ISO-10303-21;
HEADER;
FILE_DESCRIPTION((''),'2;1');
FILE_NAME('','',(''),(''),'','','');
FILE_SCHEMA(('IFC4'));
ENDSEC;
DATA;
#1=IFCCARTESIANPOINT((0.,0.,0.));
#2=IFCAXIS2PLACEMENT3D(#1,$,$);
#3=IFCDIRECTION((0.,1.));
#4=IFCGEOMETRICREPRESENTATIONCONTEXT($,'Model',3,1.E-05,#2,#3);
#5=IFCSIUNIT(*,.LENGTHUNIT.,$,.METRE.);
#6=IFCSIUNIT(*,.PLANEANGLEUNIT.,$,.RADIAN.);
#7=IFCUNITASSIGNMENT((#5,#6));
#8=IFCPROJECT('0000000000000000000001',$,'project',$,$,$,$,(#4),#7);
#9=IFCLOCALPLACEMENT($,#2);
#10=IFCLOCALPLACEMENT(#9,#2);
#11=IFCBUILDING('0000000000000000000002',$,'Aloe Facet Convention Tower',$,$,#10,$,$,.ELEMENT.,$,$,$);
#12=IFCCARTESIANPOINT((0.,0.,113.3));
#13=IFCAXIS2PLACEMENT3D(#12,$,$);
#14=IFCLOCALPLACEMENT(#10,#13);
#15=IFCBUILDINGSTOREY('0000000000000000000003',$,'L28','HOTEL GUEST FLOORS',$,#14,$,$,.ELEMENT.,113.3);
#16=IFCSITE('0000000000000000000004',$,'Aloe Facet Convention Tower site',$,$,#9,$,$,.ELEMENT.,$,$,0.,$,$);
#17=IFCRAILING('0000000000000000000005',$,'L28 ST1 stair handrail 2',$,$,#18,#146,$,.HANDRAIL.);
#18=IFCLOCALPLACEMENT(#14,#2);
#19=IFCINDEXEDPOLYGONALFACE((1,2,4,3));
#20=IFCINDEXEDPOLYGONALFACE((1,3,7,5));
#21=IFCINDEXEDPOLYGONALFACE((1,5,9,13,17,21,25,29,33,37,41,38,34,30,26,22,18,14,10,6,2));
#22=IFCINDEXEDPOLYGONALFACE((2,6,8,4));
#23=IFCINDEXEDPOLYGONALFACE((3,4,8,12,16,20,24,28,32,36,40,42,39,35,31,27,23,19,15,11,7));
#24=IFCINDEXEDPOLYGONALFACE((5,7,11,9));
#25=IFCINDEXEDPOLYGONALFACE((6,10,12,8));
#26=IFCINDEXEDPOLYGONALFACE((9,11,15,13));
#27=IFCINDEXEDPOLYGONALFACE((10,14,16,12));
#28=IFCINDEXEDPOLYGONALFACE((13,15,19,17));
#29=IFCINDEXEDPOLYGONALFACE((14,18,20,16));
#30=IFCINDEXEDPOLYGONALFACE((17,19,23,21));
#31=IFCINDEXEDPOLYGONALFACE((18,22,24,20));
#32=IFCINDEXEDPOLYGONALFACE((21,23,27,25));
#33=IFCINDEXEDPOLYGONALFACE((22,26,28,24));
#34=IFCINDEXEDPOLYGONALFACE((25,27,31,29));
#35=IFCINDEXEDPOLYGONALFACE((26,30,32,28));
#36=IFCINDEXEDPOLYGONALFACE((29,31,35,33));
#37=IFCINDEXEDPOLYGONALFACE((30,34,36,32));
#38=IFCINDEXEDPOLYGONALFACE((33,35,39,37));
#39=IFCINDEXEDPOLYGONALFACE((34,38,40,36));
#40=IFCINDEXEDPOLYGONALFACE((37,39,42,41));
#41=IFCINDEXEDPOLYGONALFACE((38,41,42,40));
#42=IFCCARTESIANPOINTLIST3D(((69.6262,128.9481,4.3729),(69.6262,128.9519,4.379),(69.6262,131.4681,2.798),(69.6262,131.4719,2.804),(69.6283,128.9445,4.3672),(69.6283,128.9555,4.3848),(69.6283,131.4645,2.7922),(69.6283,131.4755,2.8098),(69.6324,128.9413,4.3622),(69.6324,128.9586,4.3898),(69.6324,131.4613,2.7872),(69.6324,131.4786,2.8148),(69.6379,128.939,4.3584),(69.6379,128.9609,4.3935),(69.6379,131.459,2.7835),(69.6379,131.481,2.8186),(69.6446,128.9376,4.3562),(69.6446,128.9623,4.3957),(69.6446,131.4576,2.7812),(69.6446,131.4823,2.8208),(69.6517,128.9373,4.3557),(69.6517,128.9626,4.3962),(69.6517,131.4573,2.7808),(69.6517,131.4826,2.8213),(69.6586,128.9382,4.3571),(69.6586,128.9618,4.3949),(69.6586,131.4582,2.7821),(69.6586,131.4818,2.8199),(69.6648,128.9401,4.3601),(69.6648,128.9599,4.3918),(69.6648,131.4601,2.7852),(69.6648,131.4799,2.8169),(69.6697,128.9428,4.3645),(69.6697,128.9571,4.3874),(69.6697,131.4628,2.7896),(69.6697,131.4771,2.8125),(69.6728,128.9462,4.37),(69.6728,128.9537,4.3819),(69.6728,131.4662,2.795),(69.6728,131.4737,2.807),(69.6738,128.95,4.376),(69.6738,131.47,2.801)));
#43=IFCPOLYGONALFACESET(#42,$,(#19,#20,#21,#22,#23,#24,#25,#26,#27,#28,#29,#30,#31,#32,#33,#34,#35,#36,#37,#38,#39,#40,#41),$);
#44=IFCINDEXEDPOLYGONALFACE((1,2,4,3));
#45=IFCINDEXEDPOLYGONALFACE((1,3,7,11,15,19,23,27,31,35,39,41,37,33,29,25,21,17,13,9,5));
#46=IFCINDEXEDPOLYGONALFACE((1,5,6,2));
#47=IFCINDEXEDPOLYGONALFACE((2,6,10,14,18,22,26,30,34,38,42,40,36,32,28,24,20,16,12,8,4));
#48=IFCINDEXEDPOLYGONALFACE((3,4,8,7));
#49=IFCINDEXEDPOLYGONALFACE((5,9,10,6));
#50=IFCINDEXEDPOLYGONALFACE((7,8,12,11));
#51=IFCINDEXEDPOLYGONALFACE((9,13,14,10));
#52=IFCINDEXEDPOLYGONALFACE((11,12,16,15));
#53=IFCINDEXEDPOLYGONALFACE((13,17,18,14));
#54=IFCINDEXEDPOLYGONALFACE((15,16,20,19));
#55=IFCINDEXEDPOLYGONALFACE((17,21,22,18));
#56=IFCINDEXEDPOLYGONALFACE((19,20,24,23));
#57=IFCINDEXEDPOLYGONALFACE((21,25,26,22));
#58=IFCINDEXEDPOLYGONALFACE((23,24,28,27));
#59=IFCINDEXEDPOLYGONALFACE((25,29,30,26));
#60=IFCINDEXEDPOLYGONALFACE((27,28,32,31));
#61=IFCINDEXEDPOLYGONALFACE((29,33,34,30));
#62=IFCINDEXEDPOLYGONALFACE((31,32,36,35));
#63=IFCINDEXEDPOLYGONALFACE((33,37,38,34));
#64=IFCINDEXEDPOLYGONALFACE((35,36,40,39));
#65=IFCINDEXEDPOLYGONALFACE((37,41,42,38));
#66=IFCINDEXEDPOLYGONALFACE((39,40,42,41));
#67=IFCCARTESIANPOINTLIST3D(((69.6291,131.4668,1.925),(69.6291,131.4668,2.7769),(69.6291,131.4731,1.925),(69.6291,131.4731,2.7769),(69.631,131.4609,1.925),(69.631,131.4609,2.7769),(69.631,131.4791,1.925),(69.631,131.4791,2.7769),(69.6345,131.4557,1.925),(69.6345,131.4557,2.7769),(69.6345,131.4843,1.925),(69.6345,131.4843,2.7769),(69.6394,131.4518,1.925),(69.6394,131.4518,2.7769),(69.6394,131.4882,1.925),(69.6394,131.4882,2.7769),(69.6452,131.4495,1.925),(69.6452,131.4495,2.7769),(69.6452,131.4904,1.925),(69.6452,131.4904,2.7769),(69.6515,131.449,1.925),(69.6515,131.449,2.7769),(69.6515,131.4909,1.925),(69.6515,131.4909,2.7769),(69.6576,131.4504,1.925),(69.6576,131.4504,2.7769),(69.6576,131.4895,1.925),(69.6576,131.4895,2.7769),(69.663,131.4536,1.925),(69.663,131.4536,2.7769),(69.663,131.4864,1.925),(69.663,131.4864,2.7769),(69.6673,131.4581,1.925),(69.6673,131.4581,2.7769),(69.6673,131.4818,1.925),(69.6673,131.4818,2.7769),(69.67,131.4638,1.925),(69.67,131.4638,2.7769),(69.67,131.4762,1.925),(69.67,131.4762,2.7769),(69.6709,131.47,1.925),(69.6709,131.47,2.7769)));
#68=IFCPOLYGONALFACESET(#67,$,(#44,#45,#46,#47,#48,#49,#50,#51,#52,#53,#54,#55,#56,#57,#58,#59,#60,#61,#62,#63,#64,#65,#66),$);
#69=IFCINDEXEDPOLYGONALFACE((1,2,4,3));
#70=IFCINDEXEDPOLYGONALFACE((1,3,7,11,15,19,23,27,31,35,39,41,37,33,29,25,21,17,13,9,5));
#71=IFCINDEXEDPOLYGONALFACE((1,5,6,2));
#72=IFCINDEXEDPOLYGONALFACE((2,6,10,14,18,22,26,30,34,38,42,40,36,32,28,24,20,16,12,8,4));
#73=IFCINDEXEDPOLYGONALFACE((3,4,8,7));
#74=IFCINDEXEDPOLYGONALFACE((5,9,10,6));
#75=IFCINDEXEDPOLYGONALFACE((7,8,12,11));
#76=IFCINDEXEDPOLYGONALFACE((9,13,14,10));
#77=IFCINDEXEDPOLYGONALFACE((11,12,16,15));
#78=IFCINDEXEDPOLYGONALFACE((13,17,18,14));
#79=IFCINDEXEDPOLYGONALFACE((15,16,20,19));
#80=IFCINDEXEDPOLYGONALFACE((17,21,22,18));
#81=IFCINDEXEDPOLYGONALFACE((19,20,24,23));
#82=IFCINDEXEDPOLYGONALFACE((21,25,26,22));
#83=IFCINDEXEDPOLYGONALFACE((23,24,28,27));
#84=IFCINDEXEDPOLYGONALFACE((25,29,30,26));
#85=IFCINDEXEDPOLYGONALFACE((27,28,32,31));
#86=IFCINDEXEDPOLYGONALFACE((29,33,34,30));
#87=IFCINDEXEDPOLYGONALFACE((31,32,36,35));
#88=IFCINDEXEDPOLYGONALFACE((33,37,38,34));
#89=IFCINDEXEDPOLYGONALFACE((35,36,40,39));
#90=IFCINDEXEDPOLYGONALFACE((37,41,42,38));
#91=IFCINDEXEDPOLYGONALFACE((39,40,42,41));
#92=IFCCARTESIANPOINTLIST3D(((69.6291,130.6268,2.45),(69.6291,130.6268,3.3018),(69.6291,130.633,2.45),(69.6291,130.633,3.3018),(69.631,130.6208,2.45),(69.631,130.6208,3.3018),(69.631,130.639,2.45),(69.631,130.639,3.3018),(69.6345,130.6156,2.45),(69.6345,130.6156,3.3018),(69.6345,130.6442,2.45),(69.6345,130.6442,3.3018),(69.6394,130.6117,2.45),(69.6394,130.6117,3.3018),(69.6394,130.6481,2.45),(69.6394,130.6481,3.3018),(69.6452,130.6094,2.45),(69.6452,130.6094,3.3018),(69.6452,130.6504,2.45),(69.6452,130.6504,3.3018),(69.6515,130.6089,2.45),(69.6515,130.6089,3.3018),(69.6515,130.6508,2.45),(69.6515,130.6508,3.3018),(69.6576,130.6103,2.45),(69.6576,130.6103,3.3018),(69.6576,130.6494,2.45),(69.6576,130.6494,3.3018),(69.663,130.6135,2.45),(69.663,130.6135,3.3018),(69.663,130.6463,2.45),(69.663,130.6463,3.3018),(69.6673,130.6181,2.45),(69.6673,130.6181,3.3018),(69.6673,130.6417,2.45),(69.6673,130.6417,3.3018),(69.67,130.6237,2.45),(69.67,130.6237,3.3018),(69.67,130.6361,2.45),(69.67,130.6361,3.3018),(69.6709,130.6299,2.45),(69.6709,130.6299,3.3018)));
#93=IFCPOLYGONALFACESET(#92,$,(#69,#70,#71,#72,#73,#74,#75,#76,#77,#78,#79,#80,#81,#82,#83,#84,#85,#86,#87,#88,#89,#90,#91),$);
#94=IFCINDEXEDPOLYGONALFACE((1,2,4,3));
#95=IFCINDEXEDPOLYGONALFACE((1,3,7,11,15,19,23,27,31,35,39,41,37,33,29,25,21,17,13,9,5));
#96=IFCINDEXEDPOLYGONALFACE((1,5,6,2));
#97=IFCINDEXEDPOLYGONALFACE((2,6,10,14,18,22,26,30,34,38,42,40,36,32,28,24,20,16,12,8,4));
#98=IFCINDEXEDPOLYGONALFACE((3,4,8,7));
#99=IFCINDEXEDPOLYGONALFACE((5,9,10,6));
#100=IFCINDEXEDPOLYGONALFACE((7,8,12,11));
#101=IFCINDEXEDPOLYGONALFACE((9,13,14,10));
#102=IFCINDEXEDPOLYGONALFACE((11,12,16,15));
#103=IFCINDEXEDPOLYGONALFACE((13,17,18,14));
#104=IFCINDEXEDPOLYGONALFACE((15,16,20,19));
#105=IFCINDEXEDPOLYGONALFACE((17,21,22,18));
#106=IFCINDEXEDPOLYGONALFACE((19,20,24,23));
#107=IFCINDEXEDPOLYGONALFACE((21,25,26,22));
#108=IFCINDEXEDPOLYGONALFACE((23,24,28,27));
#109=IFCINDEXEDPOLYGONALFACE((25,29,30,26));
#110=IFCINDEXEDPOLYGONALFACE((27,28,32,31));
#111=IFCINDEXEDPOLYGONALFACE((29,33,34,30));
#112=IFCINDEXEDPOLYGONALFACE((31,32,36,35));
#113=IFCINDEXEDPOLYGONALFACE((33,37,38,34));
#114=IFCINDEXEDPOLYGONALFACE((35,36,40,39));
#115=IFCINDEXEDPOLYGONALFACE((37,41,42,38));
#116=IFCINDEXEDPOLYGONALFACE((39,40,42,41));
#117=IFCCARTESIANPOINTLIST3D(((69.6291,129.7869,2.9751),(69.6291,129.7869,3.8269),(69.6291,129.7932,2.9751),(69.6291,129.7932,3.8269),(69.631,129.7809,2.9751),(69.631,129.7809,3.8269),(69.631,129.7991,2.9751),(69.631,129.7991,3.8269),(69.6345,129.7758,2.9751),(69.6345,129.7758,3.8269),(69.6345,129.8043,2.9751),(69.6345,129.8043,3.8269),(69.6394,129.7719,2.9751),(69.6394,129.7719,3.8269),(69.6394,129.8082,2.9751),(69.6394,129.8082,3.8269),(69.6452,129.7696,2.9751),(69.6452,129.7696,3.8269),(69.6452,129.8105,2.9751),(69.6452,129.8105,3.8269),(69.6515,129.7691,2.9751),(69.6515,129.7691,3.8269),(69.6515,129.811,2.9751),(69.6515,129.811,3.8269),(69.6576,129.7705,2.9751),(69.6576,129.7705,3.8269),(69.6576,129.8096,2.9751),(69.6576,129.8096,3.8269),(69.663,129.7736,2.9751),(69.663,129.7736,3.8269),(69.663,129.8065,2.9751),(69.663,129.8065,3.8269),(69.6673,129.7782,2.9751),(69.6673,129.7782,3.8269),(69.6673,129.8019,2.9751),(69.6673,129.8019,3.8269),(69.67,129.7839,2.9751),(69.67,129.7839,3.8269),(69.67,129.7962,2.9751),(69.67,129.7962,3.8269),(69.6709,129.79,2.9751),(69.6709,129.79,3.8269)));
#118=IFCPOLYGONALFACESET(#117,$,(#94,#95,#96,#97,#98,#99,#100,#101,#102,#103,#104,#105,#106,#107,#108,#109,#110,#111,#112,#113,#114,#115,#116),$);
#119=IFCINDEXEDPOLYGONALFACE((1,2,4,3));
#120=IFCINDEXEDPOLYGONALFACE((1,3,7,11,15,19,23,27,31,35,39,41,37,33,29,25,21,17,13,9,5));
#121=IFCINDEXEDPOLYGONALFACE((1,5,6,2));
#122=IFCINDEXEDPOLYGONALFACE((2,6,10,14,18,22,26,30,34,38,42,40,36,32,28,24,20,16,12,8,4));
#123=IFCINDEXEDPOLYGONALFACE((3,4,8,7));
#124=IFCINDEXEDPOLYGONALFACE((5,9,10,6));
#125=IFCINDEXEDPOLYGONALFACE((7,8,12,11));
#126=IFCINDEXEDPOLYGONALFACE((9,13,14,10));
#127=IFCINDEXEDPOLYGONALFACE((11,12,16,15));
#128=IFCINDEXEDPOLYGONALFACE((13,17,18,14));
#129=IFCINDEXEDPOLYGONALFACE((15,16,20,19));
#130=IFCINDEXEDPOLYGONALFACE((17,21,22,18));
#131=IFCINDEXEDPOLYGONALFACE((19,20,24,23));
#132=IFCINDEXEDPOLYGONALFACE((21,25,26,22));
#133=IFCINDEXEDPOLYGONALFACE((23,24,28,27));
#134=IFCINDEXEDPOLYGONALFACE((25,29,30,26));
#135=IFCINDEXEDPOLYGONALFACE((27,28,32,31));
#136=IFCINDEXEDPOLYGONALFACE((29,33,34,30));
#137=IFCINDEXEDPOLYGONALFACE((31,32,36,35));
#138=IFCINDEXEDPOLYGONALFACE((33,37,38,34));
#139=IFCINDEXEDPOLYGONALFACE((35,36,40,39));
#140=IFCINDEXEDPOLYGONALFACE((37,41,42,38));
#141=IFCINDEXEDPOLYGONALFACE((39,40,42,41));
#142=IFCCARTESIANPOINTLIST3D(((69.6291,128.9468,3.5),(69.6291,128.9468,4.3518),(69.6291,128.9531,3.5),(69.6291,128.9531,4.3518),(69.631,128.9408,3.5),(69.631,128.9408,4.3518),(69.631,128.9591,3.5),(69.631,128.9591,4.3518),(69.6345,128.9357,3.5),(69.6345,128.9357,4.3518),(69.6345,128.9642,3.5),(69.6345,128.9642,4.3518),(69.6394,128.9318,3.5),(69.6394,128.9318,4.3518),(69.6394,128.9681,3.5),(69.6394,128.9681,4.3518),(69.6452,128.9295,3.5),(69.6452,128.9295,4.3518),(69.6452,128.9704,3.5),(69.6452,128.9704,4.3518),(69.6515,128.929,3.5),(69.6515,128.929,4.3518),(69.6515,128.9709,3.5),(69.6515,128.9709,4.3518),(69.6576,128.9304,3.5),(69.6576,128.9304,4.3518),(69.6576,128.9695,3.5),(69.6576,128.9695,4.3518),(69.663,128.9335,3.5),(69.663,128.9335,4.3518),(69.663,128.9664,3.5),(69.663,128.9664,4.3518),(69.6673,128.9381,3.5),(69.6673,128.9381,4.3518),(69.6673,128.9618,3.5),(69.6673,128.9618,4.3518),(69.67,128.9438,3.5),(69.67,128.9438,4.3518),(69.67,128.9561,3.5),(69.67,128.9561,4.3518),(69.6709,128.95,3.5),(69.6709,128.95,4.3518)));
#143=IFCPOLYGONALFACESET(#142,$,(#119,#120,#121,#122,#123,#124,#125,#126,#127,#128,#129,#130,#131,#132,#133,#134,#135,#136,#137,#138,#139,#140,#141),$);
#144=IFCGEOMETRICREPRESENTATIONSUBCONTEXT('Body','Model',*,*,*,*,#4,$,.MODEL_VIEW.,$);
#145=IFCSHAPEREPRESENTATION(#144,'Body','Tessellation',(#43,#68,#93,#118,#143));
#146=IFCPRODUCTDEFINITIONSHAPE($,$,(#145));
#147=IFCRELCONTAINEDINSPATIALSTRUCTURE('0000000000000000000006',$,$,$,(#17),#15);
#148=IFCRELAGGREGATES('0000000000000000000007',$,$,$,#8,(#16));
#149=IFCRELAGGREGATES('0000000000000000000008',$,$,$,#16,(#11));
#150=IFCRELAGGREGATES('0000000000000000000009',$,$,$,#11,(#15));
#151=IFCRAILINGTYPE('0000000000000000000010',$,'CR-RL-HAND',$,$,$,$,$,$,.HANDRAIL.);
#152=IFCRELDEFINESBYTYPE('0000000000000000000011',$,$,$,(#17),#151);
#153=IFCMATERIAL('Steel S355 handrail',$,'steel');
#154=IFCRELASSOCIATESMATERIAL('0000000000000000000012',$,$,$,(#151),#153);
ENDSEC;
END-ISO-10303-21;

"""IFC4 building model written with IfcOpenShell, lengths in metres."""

from ifc_helpers import new_model, si_unit, direction, frame, origin, origin_2d, place, context, subcontext, project, spatial, circle, extrude, material, type_object, element, save


model = new_model("IFC4")

# Units and contexts
model_context = context("Model", 3, precision=1e-05, world=origin(), true_north=direction((0.0, 1.0)))
body_context = subcontext(model_context, "Body", "Model", "MODEL_VIEW")
ifc_project = project(units=[si_unit("LENGTHUNIT", "METRE"), si_unit("PLANEANGLEUNIT", "RADIAN")], contexts=[model_context])

# Site, building, storey
site_placement = place(None, origin())
site = spatial("IfcSite", under=ifc_project, at=site_placement, Name="Aloe Facet Convention Tower site", CompositionType="ELEMENT", RefElevation=0.0)
building_placement = place(site_placement, origin())
building = spatial("IfcBuilding", under=site, at=building_placement, Name="Aloe Facet Convention Tower", CompositionType="ELEMENT")
storey_placement = place(building_placement, frame((0.0, 0.0, 113.3)))
storey = spatial("IfcBuildingStorey", under=building, at=storey_placement, Name="L28", Description="HOTEL GUEST FLOORS", CompositionType="ELEMENT", Elevation=113.3)

# Railing
ifc_material_1 = material(Name="Steel S355 handrail", Category="steel")
railing_type_1 = type_object("IfcRailingType", Name="CR-RL-HAND", PredefinedType="HANDRAIL", material=ifc_material_1)
railing_1_placement = place(storey_placement, frame((69.6499, 131.47, 1.925)))
element("IfcRailing", 1, at=railing_1_placement, inside=storey, type_object=railing_type_1, Name="L28 ST1 stair handrail 2", PredefinedType="HANDRAIL", context=body_context, shape_type="SweptSolid", body=[
    extrude(circle(Radius=0.0239, at=origin_2d()), frame((0.0, 0.0, 0.876), z_axis=(0.0, -0.848008, 0.529984), x_axis=(1.0, 0.0, 0.0)), (0.0, 0.0, 1.0), 2.9717),
    extrude(circle(Radius=0.021, at=origin_2d()), origin(), (0.0, 0.0, 1.0), 0.8518),
    extrude(circle(Radius=0.021, at=origin_2d()), frame((0.0, -0.8401, 0.5249)), (0.0, 0.0, 1.0), 0.8518),
    extrude(circle(Radius=0.021, at=origin_2d()), frame((0.0, -1.6799, 1.05)), (0.0, 0.0, 1.0), 0.8518),
    extrude(circle(Radius=0.021, at=origin_2d()), frame((0.0, -2.52, 1.575)), (0.0, 0.0, 1.0), 0.8518),
])

save(model, "model.ifc")
